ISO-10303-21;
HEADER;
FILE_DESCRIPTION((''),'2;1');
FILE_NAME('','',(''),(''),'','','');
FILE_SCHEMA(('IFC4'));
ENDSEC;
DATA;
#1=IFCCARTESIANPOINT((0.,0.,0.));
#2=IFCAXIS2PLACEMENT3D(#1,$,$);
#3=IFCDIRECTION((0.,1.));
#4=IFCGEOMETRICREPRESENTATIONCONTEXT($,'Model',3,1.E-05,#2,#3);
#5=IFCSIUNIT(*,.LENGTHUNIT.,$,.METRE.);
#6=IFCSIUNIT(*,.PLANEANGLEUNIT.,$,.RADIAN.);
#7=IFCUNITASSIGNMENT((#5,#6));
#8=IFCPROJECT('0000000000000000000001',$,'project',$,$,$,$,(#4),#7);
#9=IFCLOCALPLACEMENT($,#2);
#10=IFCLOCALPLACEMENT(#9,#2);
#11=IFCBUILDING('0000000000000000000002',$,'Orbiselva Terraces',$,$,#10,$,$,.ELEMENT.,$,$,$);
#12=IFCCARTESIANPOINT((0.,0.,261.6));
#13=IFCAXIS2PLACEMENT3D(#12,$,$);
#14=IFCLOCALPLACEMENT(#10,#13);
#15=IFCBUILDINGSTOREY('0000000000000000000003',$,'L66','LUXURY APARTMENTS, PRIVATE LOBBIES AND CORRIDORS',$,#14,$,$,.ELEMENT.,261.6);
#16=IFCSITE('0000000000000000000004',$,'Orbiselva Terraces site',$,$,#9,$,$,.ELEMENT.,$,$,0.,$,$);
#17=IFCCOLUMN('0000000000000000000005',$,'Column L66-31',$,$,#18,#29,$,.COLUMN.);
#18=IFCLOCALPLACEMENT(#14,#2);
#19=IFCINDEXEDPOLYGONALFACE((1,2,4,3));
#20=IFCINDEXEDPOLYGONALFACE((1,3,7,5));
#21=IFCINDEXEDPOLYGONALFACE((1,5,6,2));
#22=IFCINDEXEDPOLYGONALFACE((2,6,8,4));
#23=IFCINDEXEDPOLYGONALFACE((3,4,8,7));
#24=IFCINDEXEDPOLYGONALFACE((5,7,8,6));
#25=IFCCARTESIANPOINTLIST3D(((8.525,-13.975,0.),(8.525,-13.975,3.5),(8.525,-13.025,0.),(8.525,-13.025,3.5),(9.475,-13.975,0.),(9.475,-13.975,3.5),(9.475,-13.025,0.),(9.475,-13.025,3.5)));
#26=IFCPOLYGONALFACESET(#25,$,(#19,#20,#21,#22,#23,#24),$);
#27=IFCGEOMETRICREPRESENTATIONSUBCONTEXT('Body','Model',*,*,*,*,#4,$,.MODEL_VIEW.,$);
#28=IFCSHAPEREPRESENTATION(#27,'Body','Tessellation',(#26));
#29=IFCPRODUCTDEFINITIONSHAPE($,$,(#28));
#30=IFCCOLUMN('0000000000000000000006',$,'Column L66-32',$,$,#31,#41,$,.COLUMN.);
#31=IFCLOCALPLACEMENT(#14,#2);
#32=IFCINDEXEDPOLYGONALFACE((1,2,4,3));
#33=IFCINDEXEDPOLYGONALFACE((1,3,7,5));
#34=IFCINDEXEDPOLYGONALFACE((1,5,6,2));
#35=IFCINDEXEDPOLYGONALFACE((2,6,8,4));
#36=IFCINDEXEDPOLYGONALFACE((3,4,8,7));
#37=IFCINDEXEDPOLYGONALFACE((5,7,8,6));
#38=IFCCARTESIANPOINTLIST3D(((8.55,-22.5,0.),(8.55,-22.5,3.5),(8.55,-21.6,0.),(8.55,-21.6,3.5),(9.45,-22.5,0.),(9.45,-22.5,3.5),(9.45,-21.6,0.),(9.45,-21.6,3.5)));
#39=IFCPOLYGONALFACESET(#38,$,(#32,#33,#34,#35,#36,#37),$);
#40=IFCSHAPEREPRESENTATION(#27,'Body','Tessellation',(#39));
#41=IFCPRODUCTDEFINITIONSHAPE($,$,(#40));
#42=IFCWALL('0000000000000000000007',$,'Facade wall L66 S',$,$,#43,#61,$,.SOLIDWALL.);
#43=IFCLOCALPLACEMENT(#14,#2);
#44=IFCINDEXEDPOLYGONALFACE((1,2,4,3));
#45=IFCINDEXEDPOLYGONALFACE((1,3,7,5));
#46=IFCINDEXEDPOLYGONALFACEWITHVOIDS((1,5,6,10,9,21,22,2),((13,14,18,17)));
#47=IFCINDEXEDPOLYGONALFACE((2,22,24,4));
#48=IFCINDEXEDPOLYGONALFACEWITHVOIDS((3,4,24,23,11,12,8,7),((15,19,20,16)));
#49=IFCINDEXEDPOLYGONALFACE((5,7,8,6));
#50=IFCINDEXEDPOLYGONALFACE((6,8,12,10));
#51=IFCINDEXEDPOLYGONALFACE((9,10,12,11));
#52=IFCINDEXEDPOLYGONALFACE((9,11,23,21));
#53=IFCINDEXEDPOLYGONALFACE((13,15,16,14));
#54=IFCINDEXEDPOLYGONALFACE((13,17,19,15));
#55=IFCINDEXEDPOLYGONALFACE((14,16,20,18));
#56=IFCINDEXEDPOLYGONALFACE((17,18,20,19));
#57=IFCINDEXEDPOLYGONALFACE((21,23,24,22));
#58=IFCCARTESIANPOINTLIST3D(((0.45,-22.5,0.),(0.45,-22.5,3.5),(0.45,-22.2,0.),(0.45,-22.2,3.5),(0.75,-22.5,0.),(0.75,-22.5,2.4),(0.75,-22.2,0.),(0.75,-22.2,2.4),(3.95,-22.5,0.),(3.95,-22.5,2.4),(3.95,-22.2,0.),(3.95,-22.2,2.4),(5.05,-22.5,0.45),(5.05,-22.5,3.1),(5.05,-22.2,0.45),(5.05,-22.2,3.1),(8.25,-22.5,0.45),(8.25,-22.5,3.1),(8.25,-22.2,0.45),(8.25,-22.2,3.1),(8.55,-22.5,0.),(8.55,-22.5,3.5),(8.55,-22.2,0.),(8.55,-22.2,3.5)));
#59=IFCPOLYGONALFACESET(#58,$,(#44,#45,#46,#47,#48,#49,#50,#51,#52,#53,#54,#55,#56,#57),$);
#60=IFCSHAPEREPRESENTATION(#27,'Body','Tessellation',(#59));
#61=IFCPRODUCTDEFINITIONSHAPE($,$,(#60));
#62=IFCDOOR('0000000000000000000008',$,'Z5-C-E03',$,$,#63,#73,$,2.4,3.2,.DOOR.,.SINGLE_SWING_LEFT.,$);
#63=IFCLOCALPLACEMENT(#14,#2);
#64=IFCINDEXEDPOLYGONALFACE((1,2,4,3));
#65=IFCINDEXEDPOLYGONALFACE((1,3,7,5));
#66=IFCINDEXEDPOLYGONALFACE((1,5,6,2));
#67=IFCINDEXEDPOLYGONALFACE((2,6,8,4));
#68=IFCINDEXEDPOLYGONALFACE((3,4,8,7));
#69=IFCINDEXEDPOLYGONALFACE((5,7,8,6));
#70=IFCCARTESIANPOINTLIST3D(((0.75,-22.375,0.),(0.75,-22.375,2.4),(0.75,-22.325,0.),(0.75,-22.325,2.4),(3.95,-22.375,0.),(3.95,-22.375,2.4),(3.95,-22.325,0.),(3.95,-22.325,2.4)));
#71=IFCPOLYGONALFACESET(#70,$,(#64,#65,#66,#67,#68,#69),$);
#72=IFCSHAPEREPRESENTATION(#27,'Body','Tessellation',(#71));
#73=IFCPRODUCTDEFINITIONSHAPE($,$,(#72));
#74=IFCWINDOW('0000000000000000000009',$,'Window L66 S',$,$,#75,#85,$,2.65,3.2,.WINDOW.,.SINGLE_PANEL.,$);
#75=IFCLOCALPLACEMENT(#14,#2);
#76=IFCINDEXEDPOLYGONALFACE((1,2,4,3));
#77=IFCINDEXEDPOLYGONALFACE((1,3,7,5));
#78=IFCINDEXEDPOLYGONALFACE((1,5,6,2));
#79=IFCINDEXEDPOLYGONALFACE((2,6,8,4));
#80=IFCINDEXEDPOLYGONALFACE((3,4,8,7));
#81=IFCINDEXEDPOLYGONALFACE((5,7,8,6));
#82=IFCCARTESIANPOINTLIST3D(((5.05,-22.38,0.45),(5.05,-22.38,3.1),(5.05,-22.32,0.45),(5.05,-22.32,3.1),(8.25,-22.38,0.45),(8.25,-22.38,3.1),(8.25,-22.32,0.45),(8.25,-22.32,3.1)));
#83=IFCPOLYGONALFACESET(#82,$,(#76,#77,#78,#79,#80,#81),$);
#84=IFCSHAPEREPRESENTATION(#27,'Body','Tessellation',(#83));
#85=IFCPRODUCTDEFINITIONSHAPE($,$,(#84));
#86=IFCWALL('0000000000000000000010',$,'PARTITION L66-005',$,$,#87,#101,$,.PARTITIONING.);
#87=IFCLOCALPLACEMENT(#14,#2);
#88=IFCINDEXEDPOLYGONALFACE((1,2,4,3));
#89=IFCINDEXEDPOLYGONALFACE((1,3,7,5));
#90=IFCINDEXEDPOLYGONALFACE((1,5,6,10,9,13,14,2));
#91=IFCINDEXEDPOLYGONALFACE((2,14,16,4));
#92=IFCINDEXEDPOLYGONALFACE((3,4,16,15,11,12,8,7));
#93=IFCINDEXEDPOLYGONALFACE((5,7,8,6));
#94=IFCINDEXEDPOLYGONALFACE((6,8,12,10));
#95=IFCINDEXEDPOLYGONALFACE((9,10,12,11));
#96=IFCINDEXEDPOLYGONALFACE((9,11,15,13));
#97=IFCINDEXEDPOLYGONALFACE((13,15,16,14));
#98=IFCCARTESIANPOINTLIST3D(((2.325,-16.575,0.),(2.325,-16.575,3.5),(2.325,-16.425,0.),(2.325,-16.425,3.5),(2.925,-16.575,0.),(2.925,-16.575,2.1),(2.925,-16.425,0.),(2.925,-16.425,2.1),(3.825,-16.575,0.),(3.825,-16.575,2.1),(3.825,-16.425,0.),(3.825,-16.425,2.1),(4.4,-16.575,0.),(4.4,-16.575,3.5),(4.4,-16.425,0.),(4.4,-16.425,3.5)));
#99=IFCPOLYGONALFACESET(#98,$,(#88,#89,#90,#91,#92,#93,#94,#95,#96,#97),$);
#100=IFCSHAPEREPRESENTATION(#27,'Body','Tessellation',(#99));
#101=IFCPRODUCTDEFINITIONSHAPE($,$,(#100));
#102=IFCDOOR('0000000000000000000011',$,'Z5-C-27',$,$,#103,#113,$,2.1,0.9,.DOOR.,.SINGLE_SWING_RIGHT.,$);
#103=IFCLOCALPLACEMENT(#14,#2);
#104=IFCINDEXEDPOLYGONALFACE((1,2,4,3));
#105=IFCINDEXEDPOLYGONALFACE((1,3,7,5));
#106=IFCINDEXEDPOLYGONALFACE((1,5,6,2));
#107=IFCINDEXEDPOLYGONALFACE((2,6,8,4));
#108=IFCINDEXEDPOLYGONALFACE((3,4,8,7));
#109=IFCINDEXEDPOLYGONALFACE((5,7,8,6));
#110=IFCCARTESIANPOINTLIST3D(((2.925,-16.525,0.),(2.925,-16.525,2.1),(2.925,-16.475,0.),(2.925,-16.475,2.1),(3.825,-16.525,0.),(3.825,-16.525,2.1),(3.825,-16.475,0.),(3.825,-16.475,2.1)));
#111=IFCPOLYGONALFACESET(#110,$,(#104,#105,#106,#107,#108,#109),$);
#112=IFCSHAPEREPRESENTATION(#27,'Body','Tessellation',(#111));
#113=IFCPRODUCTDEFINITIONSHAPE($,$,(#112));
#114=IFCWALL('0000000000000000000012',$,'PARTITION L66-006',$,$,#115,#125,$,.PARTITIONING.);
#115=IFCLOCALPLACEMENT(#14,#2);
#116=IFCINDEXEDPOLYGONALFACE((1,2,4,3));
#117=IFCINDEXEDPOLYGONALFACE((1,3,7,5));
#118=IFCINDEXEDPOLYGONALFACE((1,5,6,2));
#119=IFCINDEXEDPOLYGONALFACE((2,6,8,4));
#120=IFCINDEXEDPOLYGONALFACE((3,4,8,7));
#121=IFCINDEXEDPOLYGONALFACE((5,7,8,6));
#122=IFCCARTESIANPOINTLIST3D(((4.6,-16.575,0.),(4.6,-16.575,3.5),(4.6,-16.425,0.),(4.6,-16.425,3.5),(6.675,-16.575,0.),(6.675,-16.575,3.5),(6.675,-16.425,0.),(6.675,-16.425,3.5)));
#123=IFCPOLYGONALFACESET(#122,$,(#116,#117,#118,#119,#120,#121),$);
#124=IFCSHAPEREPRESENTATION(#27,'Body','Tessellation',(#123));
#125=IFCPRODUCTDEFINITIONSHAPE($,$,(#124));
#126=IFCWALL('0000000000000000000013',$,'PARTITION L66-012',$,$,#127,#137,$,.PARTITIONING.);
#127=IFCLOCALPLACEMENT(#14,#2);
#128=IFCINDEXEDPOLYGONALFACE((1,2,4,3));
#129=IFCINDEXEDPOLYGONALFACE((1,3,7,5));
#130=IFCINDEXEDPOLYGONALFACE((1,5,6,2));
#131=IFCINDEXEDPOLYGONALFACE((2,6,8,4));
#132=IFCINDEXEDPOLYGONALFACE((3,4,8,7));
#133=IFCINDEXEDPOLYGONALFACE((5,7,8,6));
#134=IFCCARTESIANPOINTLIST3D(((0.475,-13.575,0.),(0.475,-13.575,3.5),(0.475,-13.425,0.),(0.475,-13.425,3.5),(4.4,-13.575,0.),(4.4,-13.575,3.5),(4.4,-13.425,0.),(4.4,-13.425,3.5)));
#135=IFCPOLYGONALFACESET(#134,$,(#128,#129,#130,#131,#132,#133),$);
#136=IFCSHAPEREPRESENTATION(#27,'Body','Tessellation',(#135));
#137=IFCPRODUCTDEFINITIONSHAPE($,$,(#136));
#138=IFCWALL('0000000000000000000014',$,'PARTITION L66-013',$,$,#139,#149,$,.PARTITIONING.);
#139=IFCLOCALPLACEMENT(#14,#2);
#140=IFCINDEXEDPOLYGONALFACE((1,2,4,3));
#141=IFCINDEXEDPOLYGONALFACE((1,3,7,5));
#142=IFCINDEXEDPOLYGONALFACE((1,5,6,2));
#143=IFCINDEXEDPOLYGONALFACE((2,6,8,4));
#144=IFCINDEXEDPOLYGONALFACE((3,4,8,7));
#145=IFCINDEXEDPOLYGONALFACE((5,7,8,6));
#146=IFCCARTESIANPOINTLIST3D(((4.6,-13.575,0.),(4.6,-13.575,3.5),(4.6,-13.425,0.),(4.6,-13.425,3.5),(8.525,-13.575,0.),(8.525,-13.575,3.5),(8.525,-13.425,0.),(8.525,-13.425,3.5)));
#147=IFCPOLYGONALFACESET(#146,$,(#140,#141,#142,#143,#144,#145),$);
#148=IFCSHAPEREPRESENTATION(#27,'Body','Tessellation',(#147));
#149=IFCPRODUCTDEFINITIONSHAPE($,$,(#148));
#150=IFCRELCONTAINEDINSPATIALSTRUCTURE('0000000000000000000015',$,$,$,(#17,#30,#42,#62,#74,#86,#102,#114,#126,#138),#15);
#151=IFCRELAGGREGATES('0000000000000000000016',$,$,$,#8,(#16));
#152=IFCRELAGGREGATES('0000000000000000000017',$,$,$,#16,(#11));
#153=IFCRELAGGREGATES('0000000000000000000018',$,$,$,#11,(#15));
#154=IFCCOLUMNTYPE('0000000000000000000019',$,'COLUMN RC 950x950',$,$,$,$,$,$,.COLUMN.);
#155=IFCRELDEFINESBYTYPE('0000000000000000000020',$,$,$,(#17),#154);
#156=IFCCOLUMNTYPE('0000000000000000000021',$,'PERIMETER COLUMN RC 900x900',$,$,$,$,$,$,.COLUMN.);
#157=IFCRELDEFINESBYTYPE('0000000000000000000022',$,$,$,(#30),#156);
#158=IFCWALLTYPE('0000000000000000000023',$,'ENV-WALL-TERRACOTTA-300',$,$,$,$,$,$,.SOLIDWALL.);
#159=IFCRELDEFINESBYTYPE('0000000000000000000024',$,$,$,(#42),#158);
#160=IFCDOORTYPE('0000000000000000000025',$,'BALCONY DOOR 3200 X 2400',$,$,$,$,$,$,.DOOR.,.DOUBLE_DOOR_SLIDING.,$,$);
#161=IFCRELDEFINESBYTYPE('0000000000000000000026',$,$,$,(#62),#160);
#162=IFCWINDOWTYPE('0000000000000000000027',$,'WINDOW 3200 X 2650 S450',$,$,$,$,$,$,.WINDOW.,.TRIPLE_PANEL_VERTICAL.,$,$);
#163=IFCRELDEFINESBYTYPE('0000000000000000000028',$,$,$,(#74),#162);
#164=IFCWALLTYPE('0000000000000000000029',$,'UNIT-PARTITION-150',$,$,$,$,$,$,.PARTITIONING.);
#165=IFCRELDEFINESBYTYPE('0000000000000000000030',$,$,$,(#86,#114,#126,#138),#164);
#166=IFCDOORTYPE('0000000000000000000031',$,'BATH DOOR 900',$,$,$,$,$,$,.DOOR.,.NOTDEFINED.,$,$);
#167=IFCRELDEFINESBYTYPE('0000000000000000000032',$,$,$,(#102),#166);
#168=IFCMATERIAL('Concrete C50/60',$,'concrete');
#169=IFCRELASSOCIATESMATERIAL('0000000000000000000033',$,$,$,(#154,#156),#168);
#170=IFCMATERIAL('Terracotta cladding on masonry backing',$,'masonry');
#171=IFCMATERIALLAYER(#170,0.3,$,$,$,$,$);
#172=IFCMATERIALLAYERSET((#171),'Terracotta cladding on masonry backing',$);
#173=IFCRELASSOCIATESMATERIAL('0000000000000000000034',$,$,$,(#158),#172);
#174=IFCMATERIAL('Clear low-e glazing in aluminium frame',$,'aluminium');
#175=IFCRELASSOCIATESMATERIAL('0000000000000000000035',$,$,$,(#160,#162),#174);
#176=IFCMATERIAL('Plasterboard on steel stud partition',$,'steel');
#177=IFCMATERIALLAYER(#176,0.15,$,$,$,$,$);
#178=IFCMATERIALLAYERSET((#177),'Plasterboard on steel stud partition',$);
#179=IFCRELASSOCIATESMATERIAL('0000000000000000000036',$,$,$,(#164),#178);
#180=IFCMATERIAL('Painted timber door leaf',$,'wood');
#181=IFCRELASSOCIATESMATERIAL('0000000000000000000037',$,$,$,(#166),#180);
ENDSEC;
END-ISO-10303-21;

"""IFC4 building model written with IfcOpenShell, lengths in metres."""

from ifc_helpers import new_model, si_unit, direction, frame, frame_2d, origin, origin_2d, place, context, subcontext, project, spatial, rectangle, extrude, material, layer, layer_set, material_profile, profile_set, type_object, element, fill, save


model = new_model("IFC4")

# Units and contexts
model_context = context("Model", 3, precision=1e-05, world=origin(), true_north=direction((0.0, 1.0)))
body_context = subcontext(model_context, "Body", "Model", "MODEL_VIEW")
ifc_project = project(units=[si_unit("LENGTHUNIT", "METRE"), si_unit("PLANEANGLEUNIT", "RADIAN")], contexts=[model_context])

# Site, building, storey
site_placement = place(None, origin())
site = spatial("IfcSite", under=ifc_project, at=site_placement, Name="Orbiselva Terraces site", CompositionType="ELEMENT", RefElevation=0.0)
building_placement = place(site_placement, origin())
building = spatial("IfcBuilding", under=site, at=building_placement, Name="Orbiselva Terraces", CompositionType="ELEMENT")
storey_placement = place(building_placement, frame((0.0, 0.0, 261.6)))
storey = spatial("IfcBuildingStorey", under=building, at=storey_placement, Name="L66", Description="LUXURY APARTMENTS, PRIVATE LOBBIES AND CORRIDORS", CompositionType="ELEMENT", Elevation=261.6)

# Columns
ifc_material_1 = material(Name="Concrete C50/60", Category="concrete")
ifc_material_profile_1 = material_profile(ifc_material_1, rectangle(XDim=0.95, YDim=0.95, at=origin_2d()), Name="RC 950x950")
ifc_profile_set_1 = profile_set([ifc_material_profile_1], Name="Concrete C50/60")
column_type_1 = type_object("IfcColumnType", Name="COLUMN RC 950x950", PredefinedType="COLUMN", material=ifc_profile_set_1)
column_1_placement = place(storey_placement, frame((9.0, -13.5, 0.0), z_axis=(0.0, 0.0, 1.0), x_axis=(1.0, 0.0, 0.0)))
element("IfcColumn", 1, at=column_1_placement, inside=storey, type_object=column_type_1, Name="Column L66-31", PredefinedType="COLUMN", context=body_context, shape_type="SweptSolid", body=[
    extrude(rectangle(XDim=0.95, YDim=0.95, at=origin_2d()), origin(), (0.0, 0.0, 1.0), 3.5),
])
ifc_material_profile_2 = material_profile(ifc_material_1, rectangle(XDim=0.9, YDim=0.9, at=origin_2d()), Name="RC 900x900")
ifc_profile_set_2 = profile_set([ifc_material_profile_2], Name="Concrete C50/60")
column_type_2 = type_object("IfcColumnType", Name="PERIMETER COLUMN RC 900x900", PredefinedType="COLUMN", material=ifc_profile_set_2)
column_2_placement = place(storey_placement, frame((9.0, -22.05, 0.0), z_axis=(0.0, 0.0, 1.0), x_axis=(1.0, 0.0, 0.0)))
element("IfcColumn", 2, at=column_2_placement, inside=storey, type_object=column_type_2, Name="Column L66-32", PredefinedType="COLUMN", context=body_context, shape_type="SweptSolid", body=[
    extrude(rectangle(XDim=0.9, YDim=0.9, at=origin_2d()), origin(), (0.0, 0.0, 1.0), 3.5),
])

# Wall, openings, door, window
ifc_material_2 = material(Name="Terracotta cladding on masonry backing", Category="masonry")
ifc_layer_1 = layer(ifc_material_2, 0.3)
ifc_layer_set_1 = layer_set([ifc_layer_1], Name="Terracotta cladding on masonry backing")
wall_type_1 = type_object("IfcWallType", Name="ENV-WALL-TERRACOTTA-300", PredefinedType="SOLIDWALL", material=ifc_layer_set_1)
wall_1_placement = place(storey_placement, frame((8.55, -22.35, 0.0), z_axis=(0.0, 0.0, 1.0), x_axis=(-1.0, 0.0, 0.0)))
wall_1 = element("IfcWall", 3, at=wall_1_placement, inside=storey, type_object=wall_type_1, Name="Facade wall L66 S", PredefinedType="SOLIDWALL", context=body_context, shape_type="SweptSolid", body=[
    extrude(rectangle(XDim=8.1, YDim=0.3, at=frame_2d((4.05, 0.0))), origin(), (0.0, 0.0, 1.0), 3.5),
])
opening_1_placement = place(wall_1_placement, frame((4.6, 0.0, 0.0)))
opening_1 = element("IfcOpeningElement", 4, at=opening_1_placement, cuts=wall_1, PredefinedType="OPENING", context=body_context, shape_type="SweptSolid", body=[
    extrude(rectangle(XDim=3.2, YDim=2.4, at=frame_2d((1.6, 1.2))), frame((0.0, 0.16, 0.0), z_axis=(0.0, -1.0, 0.0), x_axis=(1.0, 0.0, 0.0)), (0.0, 0.0, 1.0), 0.32),
])
opening_2_placement = place(wall_1_placement, frame((0.3, 0.0, 0.45)))
opening_2 = element("IfcOpeningElement", 5, at=opening_2_placement, cuts=wall_1, PredefinedType="OPENING", context=body_context, shape_type="SweptSolid", body=[
    extrude(rectangle(XDim=3.2, YDim=2.65, at=frame_2d((1.6, 1.325))), frame((0.0, 0.16, 0.0), z_axis=(0.0, -1.0, 0.0), x_axis=(1.0, 0.0, 0.0)), (0.0, 0.0, 1.0), 0.32),
])
ifc_material_3 = material(Name="Clear low-e glazing in aluminium frame", Category="aluminium")
door_type_1 = type_object("IfcDoorType", Name="BALCONY DOOR 3200 X 2400", OperationType="DOUBLE_DOOR_SLIDING", PredefinedType="DOOR", material=ifc_material_3)
door_1_placement = place(opening_1_placement, origin())
door_1 = element("IfcDoor", 6, at=door_1_placement, inside=storey, type_object=door_type_1, Name="Z5-C-E03", OperationType="SINGLE_SWING_LEFT", OverallHeight=2.4, OverallWidth=3.2, PredefinedType="DOOR", context=body_context, shape_type="SweptSolid", body=[
    extrude(rectangle(XDim=3.2, YDim=2.4, at=frame_2d((1.6, 1.2))), frame((0.0, 0.025, 0.0), z_axis=(0.0, -1.0, 0.0), x_axis=(1.0, 0.0, 0.0)), (0.0, 0.0, 1.0), 0.05),
])
fill(opening_1, door_1)
window_type = type_object("IfcWindowType", Name="WINDOW 3200 X 2650 S450", PartitioningType="TRIPLE_PANEL_VERTICAL", PredefinedType="WINDOW", material=ifc_material_3)
window_placement = place(opening_2_placement, origin())
window = element("IfcWindow", 7, at=window_placement, inside=storey, type_object=window_type, Name="Window L66 S", OverallHeight=2.65, OverallWidth=3.2, PartitioningType="SINGLE_PANEL", PredefinedType="WINDOW", context=body_context, shape_type="SweptSolid", body=[
    extrude(rectangle(XDim=3.2, YDim=2.65, at=frame_2d((1.6, 1.325))), frame((0.0, 0.03, 0.0), z_axis=(0.0, -1.0, 0.0), x_axis=(1.0, 0.0, 0.0)), (0.0, 0.0, 1.0), 0.06),
])
fill(opening_2, window)

# Wall, opening, door
ifc_material_4 = material(Name="Plasterboard on steel stud partition", Category="steel")
ifc_layer_2 = layer(ifc_material_4, 0.15)
ifc_layer_set_2 = layer_set([ifc_layer_2], Name="Plasterboard on steel stud partition")
wall_type_2 = type_object("IfcWallType", Name="UNIT-PARTITION-150", PredefinedType="PARTITIONING", material=ifc_layer_set_2)
wall_2_placement = place(storey_placement, frame((2.325, -16.5, 0.0), z_axis=(0.0, 0.0, 1.0), x_axis=(1.0, 0.0, 0.0)))
wall_2 = element("IfcWall", 8, at=wall_2_placement, inside=storey, type_object=wall_type_2, Name="PARTITION L66-005", PredefinedType="PARTITIONING", context=body_context, shape_type="SweptSolid", body=[
    extrude(rectangle(XDim=2.075, YDim=0.15, at=frame_2d((1.0375, 0.0))), origin(), (0.0, 0.0, 1.0), 3.5),
])
opening_3_placement = place(wall_2_placement, frame((0.6, 0.0, 0.0)))
opening_3 = element("IfcOpeningElement", 9, at=opening_3_placement, cuts=wall_2, PredefinedType="OPENING", context=body_context, shape_type="SweptSolid", body=[
    extrude(rectangle(XDim=0.9, YDim=2.1, at=frame_2d((0.45, 1.05))), frame((0.0, 0.085, 0.0), z_axis=(0.0, -1.0, 0.0), x_axis=(1.0, 0.0, 0.0)), (0.0, 0.0, 1.0), 0.17),
])
ifc_material_5 = material(Name="Painted timber door leaf", Category="wood")
door_type_2 = type_object("IfcDoorType", Name="BATH DOOR 900", OperationType="NOTDEFINED", PredefinedType="DOOR", material=ifc_material_5)
door_2_placement = place(opening_3_placement, origin())
door_2 = element("IfcDoor", 10, at=door_2_placement, inside=storey, type_object=door_type_2, Name="Z5-C-27", OperationType="SINGLE_SWING_RIGHT", OverallHeight=2.1, OverallWidth=0.9, PredefinedType="DOOR", context=body_context, shape_type="SweptSolid", body=[
    extrude(rectangle(XDim=0.9, YDim=2.1, at=frame_2d((0.45, 1.05))), frame((0.0, 0.025, 0.0), z_axis=(0.0, -1.0, 0.0), x_axis=(1.0, 0.0, 0.0)), (0.0, 0.0, 1.0), 0.05),
])
fill(opening_3, door_2)

# Walls
wall_3_placement = place(storey_placement, frame((4.6, -16.5, 0.0), z_axis=(0.0, 0.0, 1.0), x_axis=(1.0, 0.0, 0.0)))
element("IfcWall", 11, at=wall_3_placement, inside=storey, type_object=wall_type_2, Name="PARTITION L66-006", PredefinedType="PARTITIONING", context=body_context, shape_type="SweptSolid", body=[
    extrude(rectangle(XDim=2.075, YDim=0.15, at=frame_2d((1.0375, 0.0))), origin(), (0.0, 0.0, 1.0), 3.5),
])
for number, where, z_axis, x_axis, name in (
    (12, (0.475, -13.5, 0.0), (0.0, 0.0, 1.0), (1.0, 0.0, 0.0), "PARTITION L66-012"),
    (13, (4.6, -13.5, 0.0), (0.0, 0.0, 1.0), (1.0, 0.0, 0.0), "PARTITION L66-013"),
):
    element("IfcWall", number, at=place(storey_placement, frame(where, z_axis=z_axis, x_axis=x_axis)), inside=storey, type_object=wall_type_2, Name=name, PredefinedType="PARTITIONING", context=body_context, shape_type="SweptSolid", body=[
        extrude(rectangle(XDim=3.925, YDim=0.15, at=frame_2d((1.9625, 0.0))), origin(), (0.0, 0.0, 1.0), 3.5),
    ])

save(model, "model.ifc")
